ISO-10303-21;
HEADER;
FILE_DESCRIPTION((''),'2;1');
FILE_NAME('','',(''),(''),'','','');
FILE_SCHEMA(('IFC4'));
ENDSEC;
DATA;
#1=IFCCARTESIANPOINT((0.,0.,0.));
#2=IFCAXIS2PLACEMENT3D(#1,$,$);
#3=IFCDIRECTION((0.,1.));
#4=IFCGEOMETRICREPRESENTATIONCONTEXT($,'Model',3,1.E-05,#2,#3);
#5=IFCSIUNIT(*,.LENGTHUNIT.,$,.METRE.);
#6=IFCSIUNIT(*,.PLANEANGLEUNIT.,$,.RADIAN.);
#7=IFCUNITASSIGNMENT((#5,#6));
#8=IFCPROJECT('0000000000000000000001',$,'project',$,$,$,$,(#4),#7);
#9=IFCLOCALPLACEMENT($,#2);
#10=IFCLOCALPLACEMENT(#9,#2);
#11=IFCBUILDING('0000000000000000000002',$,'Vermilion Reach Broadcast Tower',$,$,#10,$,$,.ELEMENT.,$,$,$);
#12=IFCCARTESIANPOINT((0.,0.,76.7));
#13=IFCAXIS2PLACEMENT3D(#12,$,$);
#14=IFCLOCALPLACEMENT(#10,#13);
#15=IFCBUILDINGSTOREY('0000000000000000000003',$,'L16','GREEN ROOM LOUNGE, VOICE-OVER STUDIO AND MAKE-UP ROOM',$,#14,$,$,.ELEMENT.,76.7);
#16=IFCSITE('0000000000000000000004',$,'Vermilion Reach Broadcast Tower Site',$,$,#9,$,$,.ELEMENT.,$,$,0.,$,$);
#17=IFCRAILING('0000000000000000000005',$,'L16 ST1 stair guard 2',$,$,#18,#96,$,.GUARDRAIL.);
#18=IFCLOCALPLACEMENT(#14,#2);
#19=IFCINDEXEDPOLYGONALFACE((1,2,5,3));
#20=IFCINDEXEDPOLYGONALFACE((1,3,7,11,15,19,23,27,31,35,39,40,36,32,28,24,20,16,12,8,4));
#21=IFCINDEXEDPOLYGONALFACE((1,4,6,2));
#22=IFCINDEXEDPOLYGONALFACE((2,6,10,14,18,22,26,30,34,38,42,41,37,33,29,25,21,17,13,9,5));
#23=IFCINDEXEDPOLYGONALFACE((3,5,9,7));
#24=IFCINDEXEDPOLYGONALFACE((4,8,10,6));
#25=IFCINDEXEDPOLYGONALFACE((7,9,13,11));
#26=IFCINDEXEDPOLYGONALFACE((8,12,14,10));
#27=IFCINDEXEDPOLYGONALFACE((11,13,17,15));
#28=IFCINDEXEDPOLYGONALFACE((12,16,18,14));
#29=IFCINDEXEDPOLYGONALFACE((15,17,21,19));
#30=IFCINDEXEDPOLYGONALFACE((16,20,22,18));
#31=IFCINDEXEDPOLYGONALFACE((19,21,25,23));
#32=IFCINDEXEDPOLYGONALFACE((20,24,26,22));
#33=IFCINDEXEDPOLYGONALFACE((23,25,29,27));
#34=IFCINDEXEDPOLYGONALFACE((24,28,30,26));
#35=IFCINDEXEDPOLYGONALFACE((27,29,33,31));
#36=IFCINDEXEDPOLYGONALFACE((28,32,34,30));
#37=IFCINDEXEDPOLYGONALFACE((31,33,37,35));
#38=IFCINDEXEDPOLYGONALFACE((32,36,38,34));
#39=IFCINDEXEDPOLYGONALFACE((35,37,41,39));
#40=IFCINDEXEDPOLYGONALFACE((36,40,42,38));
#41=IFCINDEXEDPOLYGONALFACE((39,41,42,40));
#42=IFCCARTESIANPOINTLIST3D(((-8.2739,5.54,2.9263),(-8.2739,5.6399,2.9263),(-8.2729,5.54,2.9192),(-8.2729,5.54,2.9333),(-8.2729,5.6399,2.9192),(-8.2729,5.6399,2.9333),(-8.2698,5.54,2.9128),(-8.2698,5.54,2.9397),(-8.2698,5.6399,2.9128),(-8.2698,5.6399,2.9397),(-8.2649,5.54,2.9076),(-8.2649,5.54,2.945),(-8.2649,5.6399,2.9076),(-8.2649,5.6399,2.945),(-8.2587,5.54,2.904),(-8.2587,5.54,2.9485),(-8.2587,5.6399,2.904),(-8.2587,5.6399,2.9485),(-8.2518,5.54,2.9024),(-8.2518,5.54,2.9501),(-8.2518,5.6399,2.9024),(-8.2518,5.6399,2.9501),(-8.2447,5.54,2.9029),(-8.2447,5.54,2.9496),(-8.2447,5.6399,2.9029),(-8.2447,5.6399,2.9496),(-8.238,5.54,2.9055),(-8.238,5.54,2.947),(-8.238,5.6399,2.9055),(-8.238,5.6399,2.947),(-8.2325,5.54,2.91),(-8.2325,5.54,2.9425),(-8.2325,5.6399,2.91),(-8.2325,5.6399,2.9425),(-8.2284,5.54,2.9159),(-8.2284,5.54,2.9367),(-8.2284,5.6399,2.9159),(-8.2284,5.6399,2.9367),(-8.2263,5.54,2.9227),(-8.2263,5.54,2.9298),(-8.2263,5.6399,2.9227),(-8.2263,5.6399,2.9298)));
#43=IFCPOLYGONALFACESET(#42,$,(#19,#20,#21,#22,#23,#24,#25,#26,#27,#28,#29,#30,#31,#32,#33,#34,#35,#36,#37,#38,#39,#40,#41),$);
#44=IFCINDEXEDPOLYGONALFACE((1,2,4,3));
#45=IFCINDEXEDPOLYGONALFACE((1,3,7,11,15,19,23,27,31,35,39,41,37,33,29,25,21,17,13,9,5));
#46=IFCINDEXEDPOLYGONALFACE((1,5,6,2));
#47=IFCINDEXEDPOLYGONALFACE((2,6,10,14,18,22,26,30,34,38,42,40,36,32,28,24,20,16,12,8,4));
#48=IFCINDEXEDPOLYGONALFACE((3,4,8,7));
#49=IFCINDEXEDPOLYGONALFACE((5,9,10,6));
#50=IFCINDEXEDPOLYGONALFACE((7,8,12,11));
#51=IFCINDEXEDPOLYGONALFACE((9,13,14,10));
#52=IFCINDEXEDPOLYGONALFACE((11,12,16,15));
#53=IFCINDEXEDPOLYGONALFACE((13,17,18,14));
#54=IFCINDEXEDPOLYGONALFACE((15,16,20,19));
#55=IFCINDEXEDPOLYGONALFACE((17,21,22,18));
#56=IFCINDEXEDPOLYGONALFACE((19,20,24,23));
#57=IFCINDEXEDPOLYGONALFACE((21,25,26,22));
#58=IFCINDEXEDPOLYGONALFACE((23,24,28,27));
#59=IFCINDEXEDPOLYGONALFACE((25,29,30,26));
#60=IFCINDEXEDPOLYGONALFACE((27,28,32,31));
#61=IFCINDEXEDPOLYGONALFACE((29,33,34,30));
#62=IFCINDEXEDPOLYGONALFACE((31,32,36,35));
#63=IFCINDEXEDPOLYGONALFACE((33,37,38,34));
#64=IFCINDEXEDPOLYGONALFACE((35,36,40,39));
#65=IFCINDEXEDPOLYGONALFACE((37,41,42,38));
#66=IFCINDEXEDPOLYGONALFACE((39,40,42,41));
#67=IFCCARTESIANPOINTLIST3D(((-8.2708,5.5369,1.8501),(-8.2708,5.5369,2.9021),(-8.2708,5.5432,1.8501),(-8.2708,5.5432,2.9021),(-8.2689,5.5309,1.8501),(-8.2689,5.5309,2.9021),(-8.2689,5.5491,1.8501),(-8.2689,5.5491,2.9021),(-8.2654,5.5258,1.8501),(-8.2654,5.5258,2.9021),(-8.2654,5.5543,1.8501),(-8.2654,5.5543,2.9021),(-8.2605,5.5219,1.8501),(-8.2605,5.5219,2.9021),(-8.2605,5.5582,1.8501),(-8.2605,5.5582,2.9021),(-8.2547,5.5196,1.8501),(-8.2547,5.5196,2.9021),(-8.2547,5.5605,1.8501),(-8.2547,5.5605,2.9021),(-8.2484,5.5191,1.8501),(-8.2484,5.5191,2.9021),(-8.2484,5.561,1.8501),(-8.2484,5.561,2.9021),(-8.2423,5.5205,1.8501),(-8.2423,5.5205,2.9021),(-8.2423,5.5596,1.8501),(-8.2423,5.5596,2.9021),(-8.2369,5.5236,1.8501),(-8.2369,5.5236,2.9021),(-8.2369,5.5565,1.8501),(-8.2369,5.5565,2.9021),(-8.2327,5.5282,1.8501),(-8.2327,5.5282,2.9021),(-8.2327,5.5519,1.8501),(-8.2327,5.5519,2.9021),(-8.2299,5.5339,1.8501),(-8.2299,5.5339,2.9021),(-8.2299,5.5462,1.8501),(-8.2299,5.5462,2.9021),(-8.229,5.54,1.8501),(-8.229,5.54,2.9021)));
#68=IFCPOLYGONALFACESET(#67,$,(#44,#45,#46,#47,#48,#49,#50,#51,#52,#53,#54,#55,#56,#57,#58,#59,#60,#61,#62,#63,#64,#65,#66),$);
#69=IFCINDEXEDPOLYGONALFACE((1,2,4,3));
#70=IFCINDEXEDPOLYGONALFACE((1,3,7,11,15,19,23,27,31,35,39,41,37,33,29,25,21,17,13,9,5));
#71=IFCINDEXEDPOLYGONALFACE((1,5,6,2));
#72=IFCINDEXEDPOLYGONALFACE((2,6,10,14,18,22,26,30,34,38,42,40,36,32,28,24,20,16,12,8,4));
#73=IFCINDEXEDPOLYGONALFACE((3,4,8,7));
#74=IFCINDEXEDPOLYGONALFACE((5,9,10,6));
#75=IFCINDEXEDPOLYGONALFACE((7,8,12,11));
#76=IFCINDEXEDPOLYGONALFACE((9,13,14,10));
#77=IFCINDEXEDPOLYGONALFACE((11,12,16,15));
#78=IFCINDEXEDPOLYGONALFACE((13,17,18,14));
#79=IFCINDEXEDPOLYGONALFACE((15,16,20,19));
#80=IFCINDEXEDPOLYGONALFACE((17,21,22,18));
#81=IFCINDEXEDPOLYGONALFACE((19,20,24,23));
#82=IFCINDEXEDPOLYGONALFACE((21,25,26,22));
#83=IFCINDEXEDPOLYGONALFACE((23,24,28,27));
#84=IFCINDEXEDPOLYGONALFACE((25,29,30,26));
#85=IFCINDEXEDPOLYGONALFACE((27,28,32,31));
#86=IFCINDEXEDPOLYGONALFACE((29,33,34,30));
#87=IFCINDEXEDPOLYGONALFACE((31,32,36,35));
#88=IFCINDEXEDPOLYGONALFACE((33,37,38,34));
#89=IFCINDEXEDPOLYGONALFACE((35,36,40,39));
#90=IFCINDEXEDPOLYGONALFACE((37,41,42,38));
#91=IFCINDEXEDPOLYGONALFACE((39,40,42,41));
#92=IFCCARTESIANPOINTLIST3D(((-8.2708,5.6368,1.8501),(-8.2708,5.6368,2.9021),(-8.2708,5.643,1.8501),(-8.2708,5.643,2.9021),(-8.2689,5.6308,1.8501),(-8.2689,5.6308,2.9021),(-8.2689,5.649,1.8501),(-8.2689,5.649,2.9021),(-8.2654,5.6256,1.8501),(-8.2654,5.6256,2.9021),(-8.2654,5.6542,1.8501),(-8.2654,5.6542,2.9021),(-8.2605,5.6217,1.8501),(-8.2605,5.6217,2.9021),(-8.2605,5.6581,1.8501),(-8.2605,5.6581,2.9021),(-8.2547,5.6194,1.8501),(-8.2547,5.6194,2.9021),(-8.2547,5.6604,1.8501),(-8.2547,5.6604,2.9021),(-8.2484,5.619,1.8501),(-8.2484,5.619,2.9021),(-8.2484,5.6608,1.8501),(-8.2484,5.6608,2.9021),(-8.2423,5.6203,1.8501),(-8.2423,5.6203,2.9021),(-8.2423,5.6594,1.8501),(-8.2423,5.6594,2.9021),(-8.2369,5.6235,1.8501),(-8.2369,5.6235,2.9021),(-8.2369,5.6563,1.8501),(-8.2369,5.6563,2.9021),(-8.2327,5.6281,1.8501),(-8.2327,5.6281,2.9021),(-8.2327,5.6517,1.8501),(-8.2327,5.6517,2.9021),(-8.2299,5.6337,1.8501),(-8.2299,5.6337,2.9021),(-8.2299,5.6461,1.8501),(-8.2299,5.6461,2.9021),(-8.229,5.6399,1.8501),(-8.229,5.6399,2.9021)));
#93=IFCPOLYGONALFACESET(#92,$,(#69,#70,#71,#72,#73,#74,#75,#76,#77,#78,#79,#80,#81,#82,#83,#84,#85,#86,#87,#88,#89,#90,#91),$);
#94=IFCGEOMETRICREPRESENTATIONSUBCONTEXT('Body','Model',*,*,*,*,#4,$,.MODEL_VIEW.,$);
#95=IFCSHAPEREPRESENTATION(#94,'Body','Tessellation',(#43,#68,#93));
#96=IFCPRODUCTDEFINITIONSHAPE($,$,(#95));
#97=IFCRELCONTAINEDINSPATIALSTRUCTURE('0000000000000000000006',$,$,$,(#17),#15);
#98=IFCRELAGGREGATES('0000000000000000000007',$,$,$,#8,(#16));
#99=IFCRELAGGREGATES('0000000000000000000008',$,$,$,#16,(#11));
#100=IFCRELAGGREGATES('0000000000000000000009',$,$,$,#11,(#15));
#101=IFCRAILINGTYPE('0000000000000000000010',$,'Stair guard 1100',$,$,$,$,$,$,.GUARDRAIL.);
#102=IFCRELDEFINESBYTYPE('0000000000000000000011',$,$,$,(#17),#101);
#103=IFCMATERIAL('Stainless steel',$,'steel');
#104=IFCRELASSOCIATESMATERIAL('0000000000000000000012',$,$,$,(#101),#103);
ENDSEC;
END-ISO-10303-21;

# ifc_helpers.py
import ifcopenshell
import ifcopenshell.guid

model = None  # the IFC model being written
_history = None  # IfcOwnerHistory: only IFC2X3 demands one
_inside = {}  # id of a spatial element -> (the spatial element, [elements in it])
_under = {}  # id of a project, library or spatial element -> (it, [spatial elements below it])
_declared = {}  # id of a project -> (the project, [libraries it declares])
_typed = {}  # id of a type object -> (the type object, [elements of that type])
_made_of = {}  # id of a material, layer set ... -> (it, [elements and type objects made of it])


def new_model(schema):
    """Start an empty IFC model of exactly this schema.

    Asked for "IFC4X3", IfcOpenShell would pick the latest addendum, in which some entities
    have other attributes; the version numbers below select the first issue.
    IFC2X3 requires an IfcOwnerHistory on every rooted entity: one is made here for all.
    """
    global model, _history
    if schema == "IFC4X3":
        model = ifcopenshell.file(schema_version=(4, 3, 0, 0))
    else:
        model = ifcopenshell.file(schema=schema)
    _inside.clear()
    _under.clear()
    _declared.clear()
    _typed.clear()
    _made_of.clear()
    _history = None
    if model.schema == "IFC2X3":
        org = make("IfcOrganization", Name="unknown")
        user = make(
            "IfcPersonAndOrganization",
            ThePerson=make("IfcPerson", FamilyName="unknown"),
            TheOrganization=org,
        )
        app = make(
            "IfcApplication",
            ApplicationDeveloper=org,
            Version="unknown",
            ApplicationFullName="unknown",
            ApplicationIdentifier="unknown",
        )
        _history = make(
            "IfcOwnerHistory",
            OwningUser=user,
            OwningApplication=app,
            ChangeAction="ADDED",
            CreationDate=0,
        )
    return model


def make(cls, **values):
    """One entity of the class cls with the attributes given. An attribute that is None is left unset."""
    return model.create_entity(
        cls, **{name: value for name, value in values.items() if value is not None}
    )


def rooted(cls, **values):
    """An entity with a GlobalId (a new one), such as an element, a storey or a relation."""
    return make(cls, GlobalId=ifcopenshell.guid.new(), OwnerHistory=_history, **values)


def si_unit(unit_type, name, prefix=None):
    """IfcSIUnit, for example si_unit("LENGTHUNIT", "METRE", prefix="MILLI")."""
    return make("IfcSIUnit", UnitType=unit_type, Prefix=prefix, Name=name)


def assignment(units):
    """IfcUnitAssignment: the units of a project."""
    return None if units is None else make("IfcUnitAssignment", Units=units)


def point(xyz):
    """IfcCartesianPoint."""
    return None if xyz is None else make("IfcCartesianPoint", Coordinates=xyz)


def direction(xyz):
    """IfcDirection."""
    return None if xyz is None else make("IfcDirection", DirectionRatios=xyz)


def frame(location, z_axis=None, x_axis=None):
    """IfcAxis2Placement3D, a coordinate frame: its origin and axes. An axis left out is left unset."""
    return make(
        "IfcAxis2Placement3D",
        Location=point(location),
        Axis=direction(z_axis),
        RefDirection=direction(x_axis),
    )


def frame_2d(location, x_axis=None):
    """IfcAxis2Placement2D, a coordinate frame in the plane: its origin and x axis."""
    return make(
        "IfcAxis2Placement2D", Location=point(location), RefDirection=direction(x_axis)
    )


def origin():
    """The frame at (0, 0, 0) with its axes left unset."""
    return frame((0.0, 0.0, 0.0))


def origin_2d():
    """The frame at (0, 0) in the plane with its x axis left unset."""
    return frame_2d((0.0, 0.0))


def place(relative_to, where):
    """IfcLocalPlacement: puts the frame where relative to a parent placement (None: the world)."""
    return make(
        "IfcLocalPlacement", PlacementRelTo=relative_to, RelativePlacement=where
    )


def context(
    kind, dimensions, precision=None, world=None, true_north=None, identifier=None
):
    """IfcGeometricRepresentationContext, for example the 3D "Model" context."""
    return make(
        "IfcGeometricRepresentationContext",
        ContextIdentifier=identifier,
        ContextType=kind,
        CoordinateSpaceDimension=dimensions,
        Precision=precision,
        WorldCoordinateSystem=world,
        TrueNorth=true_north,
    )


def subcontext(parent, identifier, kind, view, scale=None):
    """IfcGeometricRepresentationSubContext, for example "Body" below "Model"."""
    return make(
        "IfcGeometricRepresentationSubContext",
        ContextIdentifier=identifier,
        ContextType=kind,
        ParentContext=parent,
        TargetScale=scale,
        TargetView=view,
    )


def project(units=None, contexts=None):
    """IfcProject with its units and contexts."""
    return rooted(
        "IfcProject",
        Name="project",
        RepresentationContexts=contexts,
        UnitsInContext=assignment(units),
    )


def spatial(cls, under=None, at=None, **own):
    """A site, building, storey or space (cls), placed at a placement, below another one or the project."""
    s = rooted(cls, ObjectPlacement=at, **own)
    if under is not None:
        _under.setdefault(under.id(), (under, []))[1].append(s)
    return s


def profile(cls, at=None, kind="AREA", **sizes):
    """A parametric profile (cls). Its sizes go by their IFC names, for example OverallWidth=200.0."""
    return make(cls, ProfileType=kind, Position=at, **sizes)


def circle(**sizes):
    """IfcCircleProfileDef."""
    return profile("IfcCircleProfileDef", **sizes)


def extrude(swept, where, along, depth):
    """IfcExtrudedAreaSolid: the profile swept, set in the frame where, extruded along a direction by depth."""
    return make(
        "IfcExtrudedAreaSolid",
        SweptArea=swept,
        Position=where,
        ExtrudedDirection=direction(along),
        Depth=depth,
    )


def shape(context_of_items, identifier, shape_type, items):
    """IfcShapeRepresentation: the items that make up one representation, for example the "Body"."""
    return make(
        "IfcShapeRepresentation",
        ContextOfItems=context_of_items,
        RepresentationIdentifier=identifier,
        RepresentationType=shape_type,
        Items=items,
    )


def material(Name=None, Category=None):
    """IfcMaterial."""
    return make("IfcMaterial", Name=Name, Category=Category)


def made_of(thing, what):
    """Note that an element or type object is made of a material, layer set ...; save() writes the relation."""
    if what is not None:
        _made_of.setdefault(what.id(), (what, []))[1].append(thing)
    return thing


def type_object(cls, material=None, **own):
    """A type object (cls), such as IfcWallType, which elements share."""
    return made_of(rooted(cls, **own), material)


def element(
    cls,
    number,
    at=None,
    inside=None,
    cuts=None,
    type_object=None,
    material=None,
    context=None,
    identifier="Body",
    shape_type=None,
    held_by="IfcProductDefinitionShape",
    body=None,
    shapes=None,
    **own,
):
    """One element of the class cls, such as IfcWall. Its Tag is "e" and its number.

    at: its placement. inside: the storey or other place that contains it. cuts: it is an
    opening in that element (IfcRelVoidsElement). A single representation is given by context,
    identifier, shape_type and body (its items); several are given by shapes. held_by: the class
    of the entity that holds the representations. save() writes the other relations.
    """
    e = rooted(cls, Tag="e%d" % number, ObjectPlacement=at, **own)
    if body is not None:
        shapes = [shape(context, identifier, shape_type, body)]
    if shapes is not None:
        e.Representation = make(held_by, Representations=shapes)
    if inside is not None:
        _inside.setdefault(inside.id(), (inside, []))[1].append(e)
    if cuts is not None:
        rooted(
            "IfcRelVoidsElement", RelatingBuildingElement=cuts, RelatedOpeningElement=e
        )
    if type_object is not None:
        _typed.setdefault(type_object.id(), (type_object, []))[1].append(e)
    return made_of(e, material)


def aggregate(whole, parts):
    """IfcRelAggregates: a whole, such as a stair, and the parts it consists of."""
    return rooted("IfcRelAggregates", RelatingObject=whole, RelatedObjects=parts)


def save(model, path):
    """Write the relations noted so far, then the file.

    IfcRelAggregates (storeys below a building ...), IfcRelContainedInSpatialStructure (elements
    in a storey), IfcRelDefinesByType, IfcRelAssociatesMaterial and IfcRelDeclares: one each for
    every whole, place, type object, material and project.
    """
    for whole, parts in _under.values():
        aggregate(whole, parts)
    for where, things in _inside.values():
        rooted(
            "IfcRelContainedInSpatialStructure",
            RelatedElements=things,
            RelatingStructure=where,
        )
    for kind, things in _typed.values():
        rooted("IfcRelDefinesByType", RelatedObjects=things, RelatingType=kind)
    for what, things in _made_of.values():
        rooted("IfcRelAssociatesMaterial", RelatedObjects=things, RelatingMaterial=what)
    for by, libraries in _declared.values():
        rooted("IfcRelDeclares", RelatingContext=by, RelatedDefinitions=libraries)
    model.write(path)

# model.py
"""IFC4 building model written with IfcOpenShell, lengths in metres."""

from ifc_helpers import new_model, si_unit, direction, frame, origin, origin_2d, place, context, subcontext, project, spatial, circle, extrude, material, type_object, element, save


model = new_model("IFC4")

# Units and contexts
model_context = context("Model", 3, precision=1e-05, world=origin(), true_north=direction((0.0, 1.0)))
body_context = subcontext(model_context, "Body", "Model", "MODEL_VIEW")
ifc_project = project(units=[si_unit("LENGTHUNIT", "METRE"), si_unit("PLANEANGLEUNIT", "RADIAN")], contexts=[model_context])

# Site, building, storey
site_placement = place(None, origin())
site = spatial("IfcSite", under=ifc_project, at=site_placement, Name="Vermilion Reach Broadcast Tower Site", CompositionType="ELEMENT", RefElevation=0.0)
building_placement = place(site_placement, origin())
building = spatial("IfcBuilding", under=site, at=building_placement, Name="Vermilion Reach Broadcast Tower", CompositionType="ELEMENT")
storey_placement = place(building_placement, frame((0.0, 0.0, 76.7)))
storey = spatial("IfcBuildingStorey", under=building, at=storey_placement, Name="L16", Description="GREEN ROOM LOUNGE, VOICE-OVER STUDIO AND MAKE-UP ROOM", CompositionType="ELEMENT", Elevation=76.7)

# Railing
ifc_material_1 = material(Name="Stainless steel", Category="steel")
railing_type_1 = type_object("IfcRailingType", Name="Stair guard 1100", PredefinedType="GUARDRAIL", material=ifc_material_1)
railing_1_placement = place(storey_placement, frame((-8.25, 5.54, 1.8501)))
element("IfcRailing", 1, at=railing_1_placement, inside=storey, type_object=railing_type_1, Name="L16 ST1 stair guard 2", PredefinedType="GUARDRAIL", context=body_context, shape_type="SweptSolid", body=[
    extrude(circle(Radius=0.0239, at=origin_2d()), frame((0.0, 0.0, 1.0762), z_axis=(0.0, 1.0, 0.0), x_axis=(-1.0, 0.0, 0.0)), (0.0, 0.0, 1.0), 0.0999),
    extrude(circle(Radius=0.021, at=origin_2d()), origin(), (0.0, 0.0, 1.0), 1.052),
    extrude(circle(Radius=0.021, at=origin_2d()), frame((0.0, 0.0999, 0.0)), (0.0, 0.0, 1.0), 1.052),
])

save(model, "model.ifc")
